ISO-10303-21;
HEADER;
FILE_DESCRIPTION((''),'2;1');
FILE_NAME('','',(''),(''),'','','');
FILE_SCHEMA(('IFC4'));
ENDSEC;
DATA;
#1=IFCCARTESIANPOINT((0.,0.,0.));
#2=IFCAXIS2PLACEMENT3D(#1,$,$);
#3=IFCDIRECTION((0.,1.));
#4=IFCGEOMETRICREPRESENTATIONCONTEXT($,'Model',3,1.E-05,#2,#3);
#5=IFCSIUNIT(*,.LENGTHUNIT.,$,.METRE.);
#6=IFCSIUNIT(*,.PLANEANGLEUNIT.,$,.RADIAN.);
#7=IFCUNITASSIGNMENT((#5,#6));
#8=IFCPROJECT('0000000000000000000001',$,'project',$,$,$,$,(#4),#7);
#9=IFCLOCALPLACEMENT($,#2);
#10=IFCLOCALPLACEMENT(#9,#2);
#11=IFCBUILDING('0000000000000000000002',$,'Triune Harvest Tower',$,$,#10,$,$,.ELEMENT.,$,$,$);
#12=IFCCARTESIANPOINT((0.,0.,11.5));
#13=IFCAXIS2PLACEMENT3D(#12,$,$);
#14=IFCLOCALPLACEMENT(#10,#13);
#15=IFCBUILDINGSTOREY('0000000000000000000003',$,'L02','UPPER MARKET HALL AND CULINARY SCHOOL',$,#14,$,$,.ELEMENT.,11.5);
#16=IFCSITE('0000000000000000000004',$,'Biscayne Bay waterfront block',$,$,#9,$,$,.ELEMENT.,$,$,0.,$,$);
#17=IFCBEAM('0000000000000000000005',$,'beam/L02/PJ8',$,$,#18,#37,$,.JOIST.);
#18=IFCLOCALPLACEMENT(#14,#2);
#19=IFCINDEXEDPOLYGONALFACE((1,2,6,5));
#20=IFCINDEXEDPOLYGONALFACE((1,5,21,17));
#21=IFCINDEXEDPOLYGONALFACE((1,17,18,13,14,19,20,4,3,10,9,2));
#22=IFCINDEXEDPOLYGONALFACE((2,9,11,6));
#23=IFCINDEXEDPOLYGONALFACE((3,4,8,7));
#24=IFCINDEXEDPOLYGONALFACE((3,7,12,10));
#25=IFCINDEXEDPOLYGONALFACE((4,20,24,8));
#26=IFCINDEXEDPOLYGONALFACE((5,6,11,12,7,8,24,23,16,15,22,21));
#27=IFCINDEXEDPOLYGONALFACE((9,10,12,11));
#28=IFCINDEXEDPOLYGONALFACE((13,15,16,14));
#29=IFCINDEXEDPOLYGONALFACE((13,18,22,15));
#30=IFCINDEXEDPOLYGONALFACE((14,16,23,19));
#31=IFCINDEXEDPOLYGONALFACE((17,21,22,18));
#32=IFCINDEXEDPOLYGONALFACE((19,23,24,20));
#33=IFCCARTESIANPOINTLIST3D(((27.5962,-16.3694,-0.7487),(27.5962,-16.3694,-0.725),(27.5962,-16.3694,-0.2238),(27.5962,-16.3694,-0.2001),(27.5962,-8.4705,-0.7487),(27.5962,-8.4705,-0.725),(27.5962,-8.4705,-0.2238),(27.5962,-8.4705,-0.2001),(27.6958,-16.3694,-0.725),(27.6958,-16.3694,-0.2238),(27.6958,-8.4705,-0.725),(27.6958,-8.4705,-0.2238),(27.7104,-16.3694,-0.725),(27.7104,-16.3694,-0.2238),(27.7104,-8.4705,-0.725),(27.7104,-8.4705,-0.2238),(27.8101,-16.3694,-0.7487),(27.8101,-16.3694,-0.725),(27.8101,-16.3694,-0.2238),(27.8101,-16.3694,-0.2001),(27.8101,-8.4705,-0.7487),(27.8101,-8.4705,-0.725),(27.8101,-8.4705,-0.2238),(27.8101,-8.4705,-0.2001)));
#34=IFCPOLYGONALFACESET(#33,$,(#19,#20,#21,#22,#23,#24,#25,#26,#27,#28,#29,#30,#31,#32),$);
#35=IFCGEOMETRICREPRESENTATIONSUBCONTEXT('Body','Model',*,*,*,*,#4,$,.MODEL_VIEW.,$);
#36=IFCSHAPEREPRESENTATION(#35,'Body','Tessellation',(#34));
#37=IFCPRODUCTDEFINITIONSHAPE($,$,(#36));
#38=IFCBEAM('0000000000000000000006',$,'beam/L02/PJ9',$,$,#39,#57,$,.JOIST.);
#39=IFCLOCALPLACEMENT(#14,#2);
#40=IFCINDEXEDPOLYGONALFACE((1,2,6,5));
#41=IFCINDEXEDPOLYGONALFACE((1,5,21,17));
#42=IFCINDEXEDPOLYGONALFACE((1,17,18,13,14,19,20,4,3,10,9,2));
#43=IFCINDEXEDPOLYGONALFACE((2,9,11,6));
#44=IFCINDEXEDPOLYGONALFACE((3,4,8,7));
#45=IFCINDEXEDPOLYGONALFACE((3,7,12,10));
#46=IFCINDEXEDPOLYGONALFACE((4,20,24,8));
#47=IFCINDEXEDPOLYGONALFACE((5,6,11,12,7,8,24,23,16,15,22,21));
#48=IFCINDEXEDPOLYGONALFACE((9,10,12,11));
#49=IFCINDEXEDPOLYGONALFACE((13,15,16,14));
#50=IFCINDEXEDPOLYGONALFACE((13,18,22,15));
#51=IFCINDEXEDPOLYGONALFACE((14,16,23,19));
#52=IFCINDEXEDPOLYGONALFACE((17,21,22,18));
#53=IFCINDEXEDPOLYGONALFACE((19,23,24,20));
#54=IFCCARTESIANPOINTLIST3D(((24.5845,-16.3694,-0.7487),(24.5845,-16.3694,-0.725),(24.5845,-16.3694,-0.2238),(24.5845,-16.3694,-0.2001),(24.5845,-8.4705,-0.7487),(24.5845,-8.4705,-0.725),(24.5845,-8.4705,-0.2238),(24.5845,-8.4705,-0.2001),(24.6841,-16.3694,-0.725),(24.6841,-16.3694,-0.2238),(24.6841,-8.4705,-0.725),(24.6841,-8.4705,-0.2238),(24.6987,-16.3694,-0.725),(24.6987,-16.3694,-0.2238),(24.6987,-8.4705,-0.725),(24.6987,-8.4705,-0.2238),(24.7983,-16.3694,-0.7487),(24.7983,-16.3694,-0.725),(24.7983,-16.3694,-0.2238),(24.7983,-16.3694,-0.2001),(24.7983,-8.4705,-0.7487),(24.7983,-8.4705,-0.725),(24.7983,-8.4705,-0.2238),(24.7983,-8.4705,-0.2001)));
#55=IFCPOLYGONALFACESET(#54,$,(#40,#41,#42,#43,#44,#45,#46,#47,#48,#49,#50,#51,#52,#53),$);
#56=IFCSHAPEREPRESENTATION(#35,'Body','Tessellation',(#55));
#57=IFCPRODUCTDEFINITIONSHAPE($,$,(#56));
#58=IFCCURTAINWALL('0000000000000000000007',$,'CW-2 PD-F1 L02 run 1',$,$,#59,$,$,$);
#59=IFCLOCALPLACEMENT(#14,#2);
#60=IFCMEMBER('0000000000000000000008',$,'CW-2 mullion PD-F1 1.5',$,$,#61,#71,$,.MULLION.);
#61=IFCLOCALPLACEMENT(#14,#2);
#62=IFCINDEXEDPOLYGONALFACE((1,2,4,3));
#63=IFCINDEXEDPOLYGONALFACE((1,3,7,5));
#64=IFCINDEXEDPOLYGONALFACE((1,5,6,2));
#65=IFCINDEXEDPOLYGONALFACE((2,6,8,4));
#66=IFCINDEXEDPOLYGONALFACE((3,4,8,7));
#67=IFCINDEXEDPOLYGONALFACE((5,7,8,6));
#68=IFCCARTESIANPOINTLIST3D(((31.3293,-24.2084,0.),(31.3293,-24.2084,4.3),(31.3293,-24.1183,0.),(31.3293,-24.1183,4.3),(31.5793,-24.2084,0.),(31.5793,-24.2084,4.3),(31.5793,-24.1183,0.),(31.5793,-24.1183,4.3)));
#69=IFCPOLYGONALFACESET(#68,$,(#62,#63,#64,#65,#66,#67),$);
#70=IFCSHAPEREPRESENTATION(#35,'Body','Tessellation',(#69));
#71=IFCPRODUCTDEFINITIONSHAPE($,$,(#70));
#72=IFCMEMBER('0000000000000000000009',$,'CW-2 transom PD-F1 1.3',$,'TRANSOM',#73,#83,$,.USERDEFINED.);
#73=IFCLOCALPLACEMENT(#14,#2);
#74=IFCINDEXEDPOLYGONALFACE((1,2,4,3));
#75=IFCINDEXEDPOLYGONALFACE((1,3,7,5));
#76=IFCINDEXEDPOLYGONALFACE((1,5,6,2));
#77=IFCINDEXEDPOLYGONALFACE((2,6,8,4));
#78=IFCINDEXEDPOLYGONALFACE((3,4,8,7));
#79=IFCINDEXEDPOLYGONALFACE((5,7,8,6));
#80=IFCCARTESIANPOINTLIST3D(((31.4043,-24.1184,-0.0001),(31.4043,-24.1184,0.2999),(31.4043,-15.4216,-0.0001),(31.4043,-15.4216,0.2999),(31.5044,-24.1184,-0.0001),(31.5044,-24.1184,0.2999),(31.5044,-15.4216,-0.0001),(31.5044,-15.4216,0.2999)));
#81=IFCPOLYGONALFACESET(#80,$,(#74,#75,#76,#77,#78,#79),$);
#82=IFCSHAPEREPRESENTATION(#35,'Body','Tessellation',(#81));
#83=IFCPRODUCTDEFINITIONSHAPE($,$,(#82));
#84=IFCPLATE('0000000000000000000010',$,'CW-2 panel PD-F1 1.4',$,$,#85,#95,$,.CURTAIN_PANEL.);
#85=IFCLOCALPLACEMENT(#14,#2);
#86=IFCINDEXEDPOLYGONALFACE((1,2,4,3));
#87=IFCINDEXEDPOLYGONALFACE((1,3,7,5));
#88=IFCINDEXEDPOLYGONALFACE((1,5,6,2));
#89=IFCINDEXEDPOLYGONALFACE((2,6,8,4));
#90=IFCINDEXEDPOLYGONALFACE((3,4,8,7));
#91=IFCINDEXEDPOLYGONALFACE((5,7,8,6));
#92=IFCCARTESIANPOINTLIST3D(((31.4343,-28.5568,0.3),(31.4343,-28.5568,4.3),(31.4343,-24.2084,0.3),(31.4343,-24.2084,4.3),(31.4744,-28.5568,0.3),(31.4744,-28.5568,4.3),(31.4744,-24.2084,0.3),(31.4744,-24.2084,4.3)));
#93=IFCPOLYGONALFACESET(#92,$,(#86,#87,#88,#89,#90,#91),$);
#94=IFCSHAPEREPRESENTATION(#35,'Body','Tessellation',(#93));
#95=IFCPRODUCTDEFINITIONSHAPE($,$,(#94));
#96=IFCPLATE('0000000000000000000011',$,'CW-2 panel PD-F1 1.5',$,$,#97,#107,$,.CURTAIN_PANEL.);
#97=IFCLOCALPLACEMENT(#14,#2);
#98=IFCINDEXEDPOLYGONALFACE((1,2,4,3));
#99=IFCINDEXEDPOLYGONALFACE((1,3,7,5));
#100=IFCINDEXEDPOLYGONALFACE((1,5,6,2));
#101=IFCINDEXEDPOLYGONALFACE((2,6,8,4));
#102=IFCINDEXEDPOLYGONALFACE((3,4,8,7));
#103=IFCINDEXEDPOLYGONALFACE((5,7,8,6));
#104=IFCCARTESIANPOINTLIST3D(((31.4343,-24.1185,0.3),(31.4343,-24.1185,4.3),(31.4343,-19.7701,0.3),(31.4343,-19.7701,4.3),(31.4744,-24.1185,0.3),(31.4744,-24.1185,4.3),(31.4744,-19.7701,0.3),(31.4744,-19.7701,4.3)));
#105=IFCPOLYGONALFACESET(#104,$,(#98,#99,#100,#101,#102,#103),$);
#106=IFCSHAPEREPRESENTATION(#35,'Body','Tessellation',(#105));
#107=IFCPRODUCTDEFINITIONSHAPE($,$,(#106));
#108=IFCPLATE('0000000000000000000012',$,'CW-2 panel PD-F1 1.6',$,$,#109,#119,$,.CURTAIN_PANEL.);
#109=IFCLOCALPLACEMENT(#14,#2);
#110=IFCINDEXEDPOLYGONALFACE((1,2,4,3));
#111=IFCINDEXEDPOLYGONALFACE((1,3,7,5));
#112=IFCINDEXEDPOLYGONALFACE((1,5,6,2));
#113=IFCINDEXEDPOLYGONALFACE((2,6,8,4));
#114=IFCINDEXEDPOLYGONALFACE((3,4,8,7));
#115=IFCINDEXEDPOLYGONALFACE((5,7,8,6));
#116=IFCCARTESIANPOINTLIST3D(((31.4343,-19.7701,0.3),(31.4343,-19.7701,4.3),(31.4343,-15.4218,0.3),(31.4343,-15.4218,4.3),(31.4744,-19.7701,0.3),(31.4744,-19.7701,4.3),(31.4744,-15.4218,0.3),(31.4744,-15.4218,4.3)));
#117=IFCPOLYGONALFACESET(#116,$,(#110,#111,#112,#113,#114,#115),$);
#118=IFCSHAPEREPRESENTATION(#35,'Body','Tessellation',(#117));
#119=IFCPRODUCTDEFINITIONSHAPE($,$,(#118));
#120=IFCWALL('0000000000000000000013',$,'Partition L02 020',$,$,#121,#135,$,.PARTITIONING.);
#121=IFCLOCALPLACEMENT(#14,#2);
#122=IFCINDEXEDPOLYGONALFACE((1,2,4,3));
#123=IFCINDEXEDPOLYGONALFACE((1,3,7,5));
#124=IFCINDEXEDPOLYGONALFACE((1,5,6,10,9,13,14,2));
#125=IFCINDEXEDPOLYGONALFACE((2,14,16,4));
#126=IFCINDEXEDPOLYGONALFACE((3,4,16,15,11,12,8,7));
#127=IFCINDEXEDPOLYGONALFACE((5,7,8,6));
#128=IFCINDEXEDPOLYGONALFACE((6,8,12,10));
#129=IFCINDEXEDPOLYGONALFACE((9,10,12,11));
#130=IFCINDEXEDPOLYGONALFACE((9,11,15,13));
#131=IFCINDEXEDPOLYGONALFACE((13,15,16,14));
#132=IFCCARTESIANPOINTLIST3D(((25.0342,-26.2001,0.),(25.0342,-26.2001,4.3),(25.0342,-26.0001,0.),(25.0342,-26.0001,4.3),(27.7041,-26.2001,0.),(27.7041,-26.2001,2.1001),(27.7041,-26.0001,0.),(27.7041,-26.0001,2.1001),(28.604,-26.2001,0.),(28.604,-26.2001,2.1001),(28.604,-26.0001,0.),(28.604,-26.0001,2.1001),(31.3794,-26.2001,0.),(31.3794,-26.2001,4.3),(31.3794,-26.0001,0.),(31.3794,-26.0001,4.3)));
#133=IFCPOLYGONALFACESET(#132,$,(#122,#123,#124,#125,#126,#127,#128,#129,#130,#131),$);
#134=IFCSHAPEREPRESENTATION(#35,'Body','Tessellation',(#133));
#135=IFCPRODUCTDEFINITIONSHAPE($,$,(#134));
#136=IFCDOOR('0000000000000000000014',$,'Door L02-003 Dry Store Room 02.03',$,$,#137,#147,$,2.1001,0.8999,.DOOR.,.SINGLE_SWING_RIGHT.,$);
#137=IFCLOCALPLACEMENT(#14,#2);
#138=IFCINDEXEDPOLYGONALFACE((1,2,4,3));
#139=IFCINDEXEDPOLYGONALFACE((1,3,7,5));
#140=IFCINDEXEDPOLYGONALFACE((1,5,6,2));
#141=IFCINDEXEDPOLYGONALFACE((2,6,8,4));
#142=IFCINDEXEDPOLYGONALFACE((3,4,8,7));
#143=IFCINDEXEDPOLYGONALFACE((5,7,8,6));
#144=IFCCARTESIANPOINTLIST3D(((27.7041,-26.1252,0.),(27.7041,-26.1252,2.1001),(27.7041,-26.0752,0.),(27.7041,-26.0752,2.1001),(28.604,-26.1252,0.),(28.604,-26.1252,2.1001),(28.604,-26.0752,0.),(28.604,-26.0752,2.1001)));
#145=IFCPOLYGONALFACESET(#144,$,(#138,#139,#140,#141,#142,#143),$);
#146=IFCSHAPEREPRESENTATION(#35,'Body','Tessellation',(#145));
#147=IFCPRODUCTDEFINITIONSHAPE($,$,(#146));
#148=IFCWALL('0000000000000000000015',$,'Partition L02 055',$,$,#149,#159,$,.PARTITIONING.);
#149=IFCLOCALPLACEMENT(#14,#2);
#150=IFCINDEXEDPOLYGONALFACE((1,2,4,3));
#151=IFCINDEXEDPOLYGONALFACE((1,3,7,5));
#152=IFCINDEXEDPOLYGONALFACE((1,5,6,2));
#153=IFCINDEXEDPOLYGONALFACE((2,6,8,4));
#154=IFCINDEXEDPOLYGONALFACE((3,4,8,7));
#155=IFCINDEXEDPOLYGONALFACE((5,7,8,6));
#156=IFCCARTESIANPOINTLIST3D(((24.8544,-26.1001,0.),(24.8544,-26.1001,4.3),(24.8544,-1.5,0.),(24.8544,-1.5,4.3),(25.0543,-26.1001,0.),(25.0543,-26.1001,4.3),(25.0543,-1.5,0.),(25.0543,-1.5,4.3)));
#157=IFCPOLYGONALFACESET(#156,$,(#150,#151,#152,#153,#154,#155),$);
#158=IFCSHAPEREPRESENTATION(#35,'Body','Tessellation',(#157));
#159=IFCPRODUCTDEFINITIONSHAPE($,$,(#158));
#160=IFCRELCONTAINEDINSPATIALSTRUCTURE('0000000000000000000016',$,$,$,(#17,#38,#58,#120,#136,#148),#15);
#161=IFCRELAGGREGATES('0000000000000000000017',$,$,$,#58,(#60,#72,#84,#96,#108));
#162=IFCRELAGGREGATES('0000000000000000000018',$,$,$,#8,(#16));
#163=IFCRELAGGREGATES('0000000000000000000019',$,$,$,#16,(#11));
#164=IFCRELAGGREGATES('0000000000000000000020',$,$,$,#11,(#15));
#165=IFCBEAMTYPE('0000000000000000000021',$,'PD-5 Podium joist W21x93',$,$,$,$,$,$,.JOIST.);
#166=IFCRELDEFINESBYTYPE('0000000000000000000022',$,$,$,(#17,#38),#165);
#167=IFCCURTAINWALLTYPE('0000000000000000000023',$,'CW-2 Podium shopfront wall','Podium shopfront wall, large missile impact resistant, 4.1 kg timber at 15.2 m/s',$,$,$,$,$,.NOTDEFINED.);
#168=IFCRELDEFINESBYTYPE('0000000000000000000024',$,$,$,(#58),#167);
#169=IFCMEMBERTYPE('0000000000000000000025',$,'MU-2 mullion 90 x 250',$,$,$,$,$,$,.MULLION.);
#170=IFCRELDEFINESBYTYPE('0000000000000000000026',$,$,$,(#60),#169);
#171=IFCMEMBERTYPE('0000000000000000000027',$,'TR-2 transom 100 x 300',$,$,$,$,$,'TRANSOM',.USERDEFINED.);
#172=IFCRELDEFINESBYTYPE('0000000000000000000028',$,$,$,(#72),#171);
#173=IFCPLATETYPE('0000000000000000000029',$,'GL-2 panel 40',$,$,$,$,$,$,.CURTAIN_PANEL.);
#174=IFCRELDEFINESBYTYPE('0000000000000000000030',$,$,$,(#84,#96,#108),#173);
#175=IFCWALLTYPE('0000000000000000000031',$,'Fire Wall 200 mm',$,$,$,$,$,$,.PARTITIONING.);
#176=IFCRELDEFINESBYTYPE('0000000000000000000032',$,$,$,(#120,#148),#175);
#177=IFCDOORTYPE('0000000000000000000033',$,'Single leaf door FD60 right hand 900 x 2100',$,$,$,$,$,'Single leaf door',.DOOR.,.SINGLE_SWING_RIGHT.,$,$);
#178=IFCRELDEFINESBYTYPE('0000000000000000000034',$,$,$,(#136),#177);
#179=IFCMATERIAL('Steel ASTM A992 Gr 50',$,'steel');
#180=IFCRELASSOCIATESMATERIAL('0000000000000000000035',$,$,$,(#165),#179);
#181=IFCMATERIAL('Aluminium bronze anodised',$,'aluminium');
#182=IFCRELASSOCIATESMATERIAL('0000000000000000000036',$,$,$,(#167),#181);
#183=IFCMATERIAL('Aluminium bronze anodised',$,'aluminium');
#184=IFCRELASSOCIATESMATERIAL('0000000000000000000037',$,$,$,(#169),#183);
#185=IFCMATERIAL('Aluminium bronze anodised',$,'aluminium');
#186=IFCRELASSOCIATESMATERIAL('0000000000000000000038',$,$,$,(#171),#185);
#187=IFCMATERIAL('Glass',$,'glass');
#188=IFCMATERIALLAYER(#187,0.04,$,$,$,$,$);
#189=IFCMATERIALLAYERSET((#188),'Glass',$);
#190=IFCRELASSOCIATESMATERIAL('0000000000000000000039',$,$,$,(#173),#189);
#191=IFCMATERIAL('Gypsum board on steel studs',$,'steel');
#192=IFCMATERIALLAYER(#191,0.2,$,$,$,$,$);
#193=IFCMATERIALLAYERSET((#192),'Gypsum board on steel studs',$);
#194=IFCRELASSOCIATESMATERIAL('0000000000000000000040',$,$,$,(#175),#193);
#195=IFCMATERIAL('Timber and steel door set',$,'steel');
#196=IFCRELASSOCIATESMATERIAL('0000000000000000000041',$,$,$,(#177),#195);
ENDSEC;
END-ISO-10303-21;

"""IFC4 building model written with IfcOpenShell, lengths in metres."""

from ifc_helpers import new_model, si_unit, direction, frame, frame_2d, origin, origin_2d, place, context, subcontext, project, spatial, rectangle, i_section, extrude, source, transform, mapped, material, layer, layer_set, material_profile, profile_set, type_object, element, fill, aggregate, save


model = new_model("IFC4")

# Units and contexts
model_context = context("Model", 3, precision=1e-05, world=origin(), true_north=direction((0.0, 1.0)))
body_context = subcontext(model_context, "Body", "Model", "MODEL_VIEW")
ifc_project = project(units=[si_unit("LENGTHUNIT", "METRE"), si_unit("PLANEANGLEUNIT", "RADIAN")], contexts=[model_context])

# Site, building, storey
site_placement = place(None, origin())
site = spatial("IfcSite", under=ifc_project, at=site_placement, Name="Biscayne Bay waterfront block", CompositionType="ELEMENT", RefElevation=0.0)
building_placement = place(site_placement, origin())
building = spatial("IfcBuilding", under=site, at=building_placement, Name="Triune Harvest Tower", CompositionType="ELEMENT")
storey_placement = place(building_placement, frame((0.0, 0.0, 11.5)))
storey = spatial("IfcBuildingStorey", under=building, at=storey_placement, Name="L02", Description="UPPER MARKET HALL AND CULINARY SCHOOL", CompositionType="ELEMENT", Elevation=11.5)

# Beams
ifc_material_1 = material(Name="Steel ASTM A992 Gr 50", Category="steel")
ifc_material_profile_1 = material_profile(ifc_material_1, i_section(OverallWidth=0.2139, OverallDepth=0.5486, WebThickness=0.0146, FlangeThickness=0.0237, at=origin_2d()), Name="W21x93")
ifc_profile_set_1 = profile_set([ifc_material_profile_1], Name="Steel ASTM A992 Gr 50")
beam_type_1 = type_object("IfcBeamType", Name="PD-5 Podium joist W21x93", PredefinedType="JOIST", material=ifc_profile_set_1)
shared_shape_1 = source(origin(), body_context, "Body", "SweptSolid", [
    extrude(i_section(OverallWidth=0.2139, OverallDepth=0.5486, WebThickness=0.0146, FlangeThickness=0.0237, at=origin_2d()), origin(), (0.0, 0.0, 1.0), 7.8989),
])
for number, where, z_axis, x_axis, name in (
    (1, (27.7031, -16.3694, -0.4744), (0.0, 1.0, 0.0), (-1.0, 0.0, 0.0), "beam/L02/PJ8"),
    (2, (24.6914, -16.3694, -0.4744), (0.0, 1.0, 0.0), (-1.0, 0.0, 0.0), "beam/L02/PJ9"),
):
    element("IfcBeam", number, at=place(storey_placement, frame(where, z_axis=z_axis, x_axis=x_axis)), inside=storey, type_object=beam_type_1, Name=name, PredefinedType="JOIST", context=body_context, shape_type="MappedRepresentation", body=[
        mapped(shared_shape_1, transform((0.0, 0.0, 0.0), scale=1.0)),
    ])

# Curtain wall, members, plates
ifc_material_2 = material(Name="Aluminium bronze anodised", Category="aluminium")
curtain_wall_type = type_object("IfcCurtainWallType", Name="CW-2 Podium shopfront wall", Description="Podium shopfront wall, large missile impact resistant, 4.1 kg timber at 15.2 m/s", PredefinedType="NOTDEFINED", material=ifc_material_2)
curtain_wall_placement = place(storey_placement, origin())
curtain_wall = element("IfcCurtainWall", 3, at=curtain_wall_placement, inside=storey, type_object=curtain_wall_type, Name="CW-2 PD-F1 L02 run 1")
ifc_material_3 = material(Name="Aluminium bronze anodised", Category="aluminium")
ifc_material_profile_2 = material_profile(ifc_material_3, rectangle(XDim=0.25, YDim=0.0901, at=origin_2d()), Name="MU-2 mullion 90 x 250")
ifc_profile_set_2 = profile_set([ifc_material_profile_2], Name="Aluminium bronze anodised")
member_type_1 = type_object("IfcMemberType", Name="MU-2 mullion 90 x 250", PredefinedType="MULLION", material=ifc_profile_set_2)
shared_shape_2 = source(origin(), body_context, "Body", "SweptSolid", [
    extrude(rectangle(XDim=0.25, YDim=0.0901, at=origin_2d()), origin(), (0.0, 0.0, 1.0), 4.3),
])
member_1_placement = place(storey_placement, frame((31.4543, -24.1633, 0.0), z_axis=(0.0, 0.0, 1.0), x_axis=(-1.0, 0.0, 0.0)))
member_1 = element("IfcMember", 4, at=member_1_placement, type_object=member_type_1, Name="CW-2 mullion PD-F1 1.5", PredefinedType="MULLION", context=body_context, shape_type="MappedRepresentation", body=[
    mapped(shared_shape_2, transform((0.0, 0.0, 0.0), scale=1.0)),
])
ifc_material_4 = material(Name="Aluminium bronze anodised", Category="aluminium")
ifc_material_profile_3 = material_profile(ifc_material_4, rectangle(XDim=0.1001, YDim=0.3, at=origin_2d()), Name="TR-2 transom 100 x 300")
ifc_profile_set_3 = profile_set([ifc_material_profile_3], Name="Aluminium bronze anodised")
member_type_2 = type_object("IfcMemberType", Name="TR-2 transom 100 x 300", ElementType="TRANSOM", PredefinedType="USERDEFINED", material=ifc_profile_set_3)
shared_shape_3 = source(origin(), body_context, "Body", "SweptSolid", [
    extrude(rectangle(XDim=0.1001, YDim=0.3, at=origin_2d()), origin(), (0.0, 0.0, 1.0), 8.6968),
])
member_2_placement = place(storey_placement, frame((31.4543, -24.1184, 0.1499), z_axis=(0.0, 1.0, 0.0), x_axis=(-1.0, 0.0, 0.0)))
member_2 = element("IfcMember", 5, at=member_2_placement, type_object=member_type_2, Name="CW-2 transom PD-F1 1.3", ObjectType="TRANSOM", PredefinedType="USERDEFINED", context=body_context, shape_type="MappedRepresentation", body=[
    mapped(shared_shape_3, transform((0.0, 0.0, 0.0), scale=1.0)),
])
ifc_material_5 = material(Name="Glass", Category="glass")
ifc_layer_1 = layer(ifc_material_5, 0.04)
ifc_layer_set_1 = layer_set([ifc_layer_1], Name="Glass")
plate_type = type_object("IfcPlateType", Name="GL-2 panel 40", PredefinedType="CURTAIN_PANEL", material=ifc_layer_set_1)
shared_shape_4 = source(origin(), body_context, "Body", "SweptSolid", [
    extrude(rectangle(XDim=4.3484, YDim=0.04, at=origin_2d()), origin(), (0.0, 0.0, 1.0), 4.0),
])
plate_1_placement = place(storey_placement, frame((31.4543, -26.3826, 0.3), z_axis=(0.0, 0.0, 1.0), x_axis=(0.0, 1.0, 0.0)))
plate_1 = element("IfcPlate", 6, at=plate_1_placement, type_object=plate_type, Name="CW-2 panel PD-F1 1.4", PredefinedType="CURTAIN_PANEL", context=body_context, shape_type="MappedRepresentation", body=[
    mapped(shared_shape_4, transform((0.0, 0.0, 0.0), scale=1.0)),
])
plate_2_placement = place(storey_placement, frame((31.4543, -21.9443, 0.3), z_axis=(0.0, 0.0, 1.0), x_axis=(0.0, 1.0, 0.0)))
plate_2 = element("IfcPlate", 7, at=plate_2_placement, type_object=plate_type, Name="CW-2 panel PD-F1 1.5", PredefinedType="CURTAIN_PANEL", context=body_context, shape_type="MappedRepresentation", body=[
    mapped(shared_shape_4, transform((0.0, 0.0, 0.0), scale=1.0)),
])
plate_3_placement = place(storey_placement, frame((31.4543, -17.5959, 0.3), z_axis=(0.0, 0.0, 1.0), x_axis=(0.0, 1.0, 0.0)))
plate_3 = element("IfcPlate", 8, at=plate_3_placement, type_object=plate_type, Name="CW-2 panel PD-F1 1.6", PredefinedType="CURTAIN_PANEL", context=body_context, shape_type="MappedRepresentation", body=[
    mapped(shared_shape_4, transform((0.0, 0.0, 0.0), scale=1.0)),
])
aggregate(curtain_wall, [member_1, member_2, plate_1, plate_2, plate_3])

# Wall, opening, door
ifc_material_6 = material(Name="Gypsum board on steel studs", Category="steel")
ifc_layer_2 = layer(ifc_material_6, 0.2)
ifc_layer_set_2 = layer_set([ifc_layer_2], Name="Gypsum board on steel studs")
wall_type = type_object("IfcWallType", Name="Fire Wall 200 mm", PredefinedType="PARTITIONING", material=ifc_layer_set_2)
wall_1_placement = place(storey_placement, frame((25.0342, -26.1001, 0.0), z_axis=(0.0, 0.0, 1.0), x_axis=(1.0, 0.0, 0.0)))
wall_1 = element("IfcWall", 9, at=wall_1_placement, inside=storey, type_object=wall_type, Name="Partition L02 020", PredefinedType="PARTITIONING", context=body_context, shape_type="SweptSolid", body=[
    extrude(rectangle(XDim=6.3452, YDim=0.2, at=frame_2d((3.1726, 0.0))), origin(), (0.0, 0.0, 1.0), 4.3),
])
opening_placement = place(wall_1_placement, frame((2.6699, 0.0, 0.0)))
opening = element("IfcOpeningElement", 10, at=opening_placement, cuts=wall_1, PredefinedType="OPENING", context=body_context, shape_type="SweptSolid", body=[
    extrude(rectangle(XDim=0.8999, YDim=2.1001, at=frame_2d((0.45, 1.05))), frame((0.0, 0.1099, 0.0), z_axis=(0.0, -1.0, 0.0), x_axis=(1.0, 0.0, 0.0)), (0.0, 0.0, 1.0), 0.22),
])
ifc_material_7 = material(Name="Timber and steel door set", Category="steel")
door_type = type_object("IfcDoorType", Name="Single leaf door FD60 right hand 900 x 2100", ElementType="Single leaf door", OperationType="SINGLE_SWING_RIGHT", PredefinedType="DOOR", material=ifc_material_7)
door_placement = place(opening_placement, origin())
door = element("IfcDoor", 11, at=door_placement, inside=storey, type_object=door_type, Name="Door L02-003 Dry Store Room 02.03", OperationType="SINGLE_SWING_RIGHT", OverallHeight=2.1001, OverallWidth=0.8999, PredefinedType="DOOR", context=body_context, shape_type="SweptSolid", body=[
    extrude(rectangle(XDim=0.8999, YDim=2.1001, at=frame_2d((0.45, 1.05))), frame((0.0, 0.0249, 0.0), z_axis=(0.0, -1.0, 0.0), x_axis=(1.0, 0.0, 0.0)), (0.0, 0.0, 1.0), 0.05),
])
fill(opening, door)

# Wall
wall_2_placement = place(storey_placement, frame((24.9543, -26.1001, 0.0), z_axis=(0.0, 0.0, 1.0), x_axis=(0.0, 1.0, 0.0)))
element("IfcWall", 12, at=wall_2_placement, inside=storey, type_object=wall_type, Name="Partition L02 055", PredefinedType="PARTITIONING", context=body_context, shape_type="SweptSolid", body=[
    extrude(rectangle(XDim=24.6001, YDim=0.2, at=frame_2d((12.3, 0.0))), origin(), (0.0, 0.0, 1.0), 4.3),
])

save(model, "model.ifc")
